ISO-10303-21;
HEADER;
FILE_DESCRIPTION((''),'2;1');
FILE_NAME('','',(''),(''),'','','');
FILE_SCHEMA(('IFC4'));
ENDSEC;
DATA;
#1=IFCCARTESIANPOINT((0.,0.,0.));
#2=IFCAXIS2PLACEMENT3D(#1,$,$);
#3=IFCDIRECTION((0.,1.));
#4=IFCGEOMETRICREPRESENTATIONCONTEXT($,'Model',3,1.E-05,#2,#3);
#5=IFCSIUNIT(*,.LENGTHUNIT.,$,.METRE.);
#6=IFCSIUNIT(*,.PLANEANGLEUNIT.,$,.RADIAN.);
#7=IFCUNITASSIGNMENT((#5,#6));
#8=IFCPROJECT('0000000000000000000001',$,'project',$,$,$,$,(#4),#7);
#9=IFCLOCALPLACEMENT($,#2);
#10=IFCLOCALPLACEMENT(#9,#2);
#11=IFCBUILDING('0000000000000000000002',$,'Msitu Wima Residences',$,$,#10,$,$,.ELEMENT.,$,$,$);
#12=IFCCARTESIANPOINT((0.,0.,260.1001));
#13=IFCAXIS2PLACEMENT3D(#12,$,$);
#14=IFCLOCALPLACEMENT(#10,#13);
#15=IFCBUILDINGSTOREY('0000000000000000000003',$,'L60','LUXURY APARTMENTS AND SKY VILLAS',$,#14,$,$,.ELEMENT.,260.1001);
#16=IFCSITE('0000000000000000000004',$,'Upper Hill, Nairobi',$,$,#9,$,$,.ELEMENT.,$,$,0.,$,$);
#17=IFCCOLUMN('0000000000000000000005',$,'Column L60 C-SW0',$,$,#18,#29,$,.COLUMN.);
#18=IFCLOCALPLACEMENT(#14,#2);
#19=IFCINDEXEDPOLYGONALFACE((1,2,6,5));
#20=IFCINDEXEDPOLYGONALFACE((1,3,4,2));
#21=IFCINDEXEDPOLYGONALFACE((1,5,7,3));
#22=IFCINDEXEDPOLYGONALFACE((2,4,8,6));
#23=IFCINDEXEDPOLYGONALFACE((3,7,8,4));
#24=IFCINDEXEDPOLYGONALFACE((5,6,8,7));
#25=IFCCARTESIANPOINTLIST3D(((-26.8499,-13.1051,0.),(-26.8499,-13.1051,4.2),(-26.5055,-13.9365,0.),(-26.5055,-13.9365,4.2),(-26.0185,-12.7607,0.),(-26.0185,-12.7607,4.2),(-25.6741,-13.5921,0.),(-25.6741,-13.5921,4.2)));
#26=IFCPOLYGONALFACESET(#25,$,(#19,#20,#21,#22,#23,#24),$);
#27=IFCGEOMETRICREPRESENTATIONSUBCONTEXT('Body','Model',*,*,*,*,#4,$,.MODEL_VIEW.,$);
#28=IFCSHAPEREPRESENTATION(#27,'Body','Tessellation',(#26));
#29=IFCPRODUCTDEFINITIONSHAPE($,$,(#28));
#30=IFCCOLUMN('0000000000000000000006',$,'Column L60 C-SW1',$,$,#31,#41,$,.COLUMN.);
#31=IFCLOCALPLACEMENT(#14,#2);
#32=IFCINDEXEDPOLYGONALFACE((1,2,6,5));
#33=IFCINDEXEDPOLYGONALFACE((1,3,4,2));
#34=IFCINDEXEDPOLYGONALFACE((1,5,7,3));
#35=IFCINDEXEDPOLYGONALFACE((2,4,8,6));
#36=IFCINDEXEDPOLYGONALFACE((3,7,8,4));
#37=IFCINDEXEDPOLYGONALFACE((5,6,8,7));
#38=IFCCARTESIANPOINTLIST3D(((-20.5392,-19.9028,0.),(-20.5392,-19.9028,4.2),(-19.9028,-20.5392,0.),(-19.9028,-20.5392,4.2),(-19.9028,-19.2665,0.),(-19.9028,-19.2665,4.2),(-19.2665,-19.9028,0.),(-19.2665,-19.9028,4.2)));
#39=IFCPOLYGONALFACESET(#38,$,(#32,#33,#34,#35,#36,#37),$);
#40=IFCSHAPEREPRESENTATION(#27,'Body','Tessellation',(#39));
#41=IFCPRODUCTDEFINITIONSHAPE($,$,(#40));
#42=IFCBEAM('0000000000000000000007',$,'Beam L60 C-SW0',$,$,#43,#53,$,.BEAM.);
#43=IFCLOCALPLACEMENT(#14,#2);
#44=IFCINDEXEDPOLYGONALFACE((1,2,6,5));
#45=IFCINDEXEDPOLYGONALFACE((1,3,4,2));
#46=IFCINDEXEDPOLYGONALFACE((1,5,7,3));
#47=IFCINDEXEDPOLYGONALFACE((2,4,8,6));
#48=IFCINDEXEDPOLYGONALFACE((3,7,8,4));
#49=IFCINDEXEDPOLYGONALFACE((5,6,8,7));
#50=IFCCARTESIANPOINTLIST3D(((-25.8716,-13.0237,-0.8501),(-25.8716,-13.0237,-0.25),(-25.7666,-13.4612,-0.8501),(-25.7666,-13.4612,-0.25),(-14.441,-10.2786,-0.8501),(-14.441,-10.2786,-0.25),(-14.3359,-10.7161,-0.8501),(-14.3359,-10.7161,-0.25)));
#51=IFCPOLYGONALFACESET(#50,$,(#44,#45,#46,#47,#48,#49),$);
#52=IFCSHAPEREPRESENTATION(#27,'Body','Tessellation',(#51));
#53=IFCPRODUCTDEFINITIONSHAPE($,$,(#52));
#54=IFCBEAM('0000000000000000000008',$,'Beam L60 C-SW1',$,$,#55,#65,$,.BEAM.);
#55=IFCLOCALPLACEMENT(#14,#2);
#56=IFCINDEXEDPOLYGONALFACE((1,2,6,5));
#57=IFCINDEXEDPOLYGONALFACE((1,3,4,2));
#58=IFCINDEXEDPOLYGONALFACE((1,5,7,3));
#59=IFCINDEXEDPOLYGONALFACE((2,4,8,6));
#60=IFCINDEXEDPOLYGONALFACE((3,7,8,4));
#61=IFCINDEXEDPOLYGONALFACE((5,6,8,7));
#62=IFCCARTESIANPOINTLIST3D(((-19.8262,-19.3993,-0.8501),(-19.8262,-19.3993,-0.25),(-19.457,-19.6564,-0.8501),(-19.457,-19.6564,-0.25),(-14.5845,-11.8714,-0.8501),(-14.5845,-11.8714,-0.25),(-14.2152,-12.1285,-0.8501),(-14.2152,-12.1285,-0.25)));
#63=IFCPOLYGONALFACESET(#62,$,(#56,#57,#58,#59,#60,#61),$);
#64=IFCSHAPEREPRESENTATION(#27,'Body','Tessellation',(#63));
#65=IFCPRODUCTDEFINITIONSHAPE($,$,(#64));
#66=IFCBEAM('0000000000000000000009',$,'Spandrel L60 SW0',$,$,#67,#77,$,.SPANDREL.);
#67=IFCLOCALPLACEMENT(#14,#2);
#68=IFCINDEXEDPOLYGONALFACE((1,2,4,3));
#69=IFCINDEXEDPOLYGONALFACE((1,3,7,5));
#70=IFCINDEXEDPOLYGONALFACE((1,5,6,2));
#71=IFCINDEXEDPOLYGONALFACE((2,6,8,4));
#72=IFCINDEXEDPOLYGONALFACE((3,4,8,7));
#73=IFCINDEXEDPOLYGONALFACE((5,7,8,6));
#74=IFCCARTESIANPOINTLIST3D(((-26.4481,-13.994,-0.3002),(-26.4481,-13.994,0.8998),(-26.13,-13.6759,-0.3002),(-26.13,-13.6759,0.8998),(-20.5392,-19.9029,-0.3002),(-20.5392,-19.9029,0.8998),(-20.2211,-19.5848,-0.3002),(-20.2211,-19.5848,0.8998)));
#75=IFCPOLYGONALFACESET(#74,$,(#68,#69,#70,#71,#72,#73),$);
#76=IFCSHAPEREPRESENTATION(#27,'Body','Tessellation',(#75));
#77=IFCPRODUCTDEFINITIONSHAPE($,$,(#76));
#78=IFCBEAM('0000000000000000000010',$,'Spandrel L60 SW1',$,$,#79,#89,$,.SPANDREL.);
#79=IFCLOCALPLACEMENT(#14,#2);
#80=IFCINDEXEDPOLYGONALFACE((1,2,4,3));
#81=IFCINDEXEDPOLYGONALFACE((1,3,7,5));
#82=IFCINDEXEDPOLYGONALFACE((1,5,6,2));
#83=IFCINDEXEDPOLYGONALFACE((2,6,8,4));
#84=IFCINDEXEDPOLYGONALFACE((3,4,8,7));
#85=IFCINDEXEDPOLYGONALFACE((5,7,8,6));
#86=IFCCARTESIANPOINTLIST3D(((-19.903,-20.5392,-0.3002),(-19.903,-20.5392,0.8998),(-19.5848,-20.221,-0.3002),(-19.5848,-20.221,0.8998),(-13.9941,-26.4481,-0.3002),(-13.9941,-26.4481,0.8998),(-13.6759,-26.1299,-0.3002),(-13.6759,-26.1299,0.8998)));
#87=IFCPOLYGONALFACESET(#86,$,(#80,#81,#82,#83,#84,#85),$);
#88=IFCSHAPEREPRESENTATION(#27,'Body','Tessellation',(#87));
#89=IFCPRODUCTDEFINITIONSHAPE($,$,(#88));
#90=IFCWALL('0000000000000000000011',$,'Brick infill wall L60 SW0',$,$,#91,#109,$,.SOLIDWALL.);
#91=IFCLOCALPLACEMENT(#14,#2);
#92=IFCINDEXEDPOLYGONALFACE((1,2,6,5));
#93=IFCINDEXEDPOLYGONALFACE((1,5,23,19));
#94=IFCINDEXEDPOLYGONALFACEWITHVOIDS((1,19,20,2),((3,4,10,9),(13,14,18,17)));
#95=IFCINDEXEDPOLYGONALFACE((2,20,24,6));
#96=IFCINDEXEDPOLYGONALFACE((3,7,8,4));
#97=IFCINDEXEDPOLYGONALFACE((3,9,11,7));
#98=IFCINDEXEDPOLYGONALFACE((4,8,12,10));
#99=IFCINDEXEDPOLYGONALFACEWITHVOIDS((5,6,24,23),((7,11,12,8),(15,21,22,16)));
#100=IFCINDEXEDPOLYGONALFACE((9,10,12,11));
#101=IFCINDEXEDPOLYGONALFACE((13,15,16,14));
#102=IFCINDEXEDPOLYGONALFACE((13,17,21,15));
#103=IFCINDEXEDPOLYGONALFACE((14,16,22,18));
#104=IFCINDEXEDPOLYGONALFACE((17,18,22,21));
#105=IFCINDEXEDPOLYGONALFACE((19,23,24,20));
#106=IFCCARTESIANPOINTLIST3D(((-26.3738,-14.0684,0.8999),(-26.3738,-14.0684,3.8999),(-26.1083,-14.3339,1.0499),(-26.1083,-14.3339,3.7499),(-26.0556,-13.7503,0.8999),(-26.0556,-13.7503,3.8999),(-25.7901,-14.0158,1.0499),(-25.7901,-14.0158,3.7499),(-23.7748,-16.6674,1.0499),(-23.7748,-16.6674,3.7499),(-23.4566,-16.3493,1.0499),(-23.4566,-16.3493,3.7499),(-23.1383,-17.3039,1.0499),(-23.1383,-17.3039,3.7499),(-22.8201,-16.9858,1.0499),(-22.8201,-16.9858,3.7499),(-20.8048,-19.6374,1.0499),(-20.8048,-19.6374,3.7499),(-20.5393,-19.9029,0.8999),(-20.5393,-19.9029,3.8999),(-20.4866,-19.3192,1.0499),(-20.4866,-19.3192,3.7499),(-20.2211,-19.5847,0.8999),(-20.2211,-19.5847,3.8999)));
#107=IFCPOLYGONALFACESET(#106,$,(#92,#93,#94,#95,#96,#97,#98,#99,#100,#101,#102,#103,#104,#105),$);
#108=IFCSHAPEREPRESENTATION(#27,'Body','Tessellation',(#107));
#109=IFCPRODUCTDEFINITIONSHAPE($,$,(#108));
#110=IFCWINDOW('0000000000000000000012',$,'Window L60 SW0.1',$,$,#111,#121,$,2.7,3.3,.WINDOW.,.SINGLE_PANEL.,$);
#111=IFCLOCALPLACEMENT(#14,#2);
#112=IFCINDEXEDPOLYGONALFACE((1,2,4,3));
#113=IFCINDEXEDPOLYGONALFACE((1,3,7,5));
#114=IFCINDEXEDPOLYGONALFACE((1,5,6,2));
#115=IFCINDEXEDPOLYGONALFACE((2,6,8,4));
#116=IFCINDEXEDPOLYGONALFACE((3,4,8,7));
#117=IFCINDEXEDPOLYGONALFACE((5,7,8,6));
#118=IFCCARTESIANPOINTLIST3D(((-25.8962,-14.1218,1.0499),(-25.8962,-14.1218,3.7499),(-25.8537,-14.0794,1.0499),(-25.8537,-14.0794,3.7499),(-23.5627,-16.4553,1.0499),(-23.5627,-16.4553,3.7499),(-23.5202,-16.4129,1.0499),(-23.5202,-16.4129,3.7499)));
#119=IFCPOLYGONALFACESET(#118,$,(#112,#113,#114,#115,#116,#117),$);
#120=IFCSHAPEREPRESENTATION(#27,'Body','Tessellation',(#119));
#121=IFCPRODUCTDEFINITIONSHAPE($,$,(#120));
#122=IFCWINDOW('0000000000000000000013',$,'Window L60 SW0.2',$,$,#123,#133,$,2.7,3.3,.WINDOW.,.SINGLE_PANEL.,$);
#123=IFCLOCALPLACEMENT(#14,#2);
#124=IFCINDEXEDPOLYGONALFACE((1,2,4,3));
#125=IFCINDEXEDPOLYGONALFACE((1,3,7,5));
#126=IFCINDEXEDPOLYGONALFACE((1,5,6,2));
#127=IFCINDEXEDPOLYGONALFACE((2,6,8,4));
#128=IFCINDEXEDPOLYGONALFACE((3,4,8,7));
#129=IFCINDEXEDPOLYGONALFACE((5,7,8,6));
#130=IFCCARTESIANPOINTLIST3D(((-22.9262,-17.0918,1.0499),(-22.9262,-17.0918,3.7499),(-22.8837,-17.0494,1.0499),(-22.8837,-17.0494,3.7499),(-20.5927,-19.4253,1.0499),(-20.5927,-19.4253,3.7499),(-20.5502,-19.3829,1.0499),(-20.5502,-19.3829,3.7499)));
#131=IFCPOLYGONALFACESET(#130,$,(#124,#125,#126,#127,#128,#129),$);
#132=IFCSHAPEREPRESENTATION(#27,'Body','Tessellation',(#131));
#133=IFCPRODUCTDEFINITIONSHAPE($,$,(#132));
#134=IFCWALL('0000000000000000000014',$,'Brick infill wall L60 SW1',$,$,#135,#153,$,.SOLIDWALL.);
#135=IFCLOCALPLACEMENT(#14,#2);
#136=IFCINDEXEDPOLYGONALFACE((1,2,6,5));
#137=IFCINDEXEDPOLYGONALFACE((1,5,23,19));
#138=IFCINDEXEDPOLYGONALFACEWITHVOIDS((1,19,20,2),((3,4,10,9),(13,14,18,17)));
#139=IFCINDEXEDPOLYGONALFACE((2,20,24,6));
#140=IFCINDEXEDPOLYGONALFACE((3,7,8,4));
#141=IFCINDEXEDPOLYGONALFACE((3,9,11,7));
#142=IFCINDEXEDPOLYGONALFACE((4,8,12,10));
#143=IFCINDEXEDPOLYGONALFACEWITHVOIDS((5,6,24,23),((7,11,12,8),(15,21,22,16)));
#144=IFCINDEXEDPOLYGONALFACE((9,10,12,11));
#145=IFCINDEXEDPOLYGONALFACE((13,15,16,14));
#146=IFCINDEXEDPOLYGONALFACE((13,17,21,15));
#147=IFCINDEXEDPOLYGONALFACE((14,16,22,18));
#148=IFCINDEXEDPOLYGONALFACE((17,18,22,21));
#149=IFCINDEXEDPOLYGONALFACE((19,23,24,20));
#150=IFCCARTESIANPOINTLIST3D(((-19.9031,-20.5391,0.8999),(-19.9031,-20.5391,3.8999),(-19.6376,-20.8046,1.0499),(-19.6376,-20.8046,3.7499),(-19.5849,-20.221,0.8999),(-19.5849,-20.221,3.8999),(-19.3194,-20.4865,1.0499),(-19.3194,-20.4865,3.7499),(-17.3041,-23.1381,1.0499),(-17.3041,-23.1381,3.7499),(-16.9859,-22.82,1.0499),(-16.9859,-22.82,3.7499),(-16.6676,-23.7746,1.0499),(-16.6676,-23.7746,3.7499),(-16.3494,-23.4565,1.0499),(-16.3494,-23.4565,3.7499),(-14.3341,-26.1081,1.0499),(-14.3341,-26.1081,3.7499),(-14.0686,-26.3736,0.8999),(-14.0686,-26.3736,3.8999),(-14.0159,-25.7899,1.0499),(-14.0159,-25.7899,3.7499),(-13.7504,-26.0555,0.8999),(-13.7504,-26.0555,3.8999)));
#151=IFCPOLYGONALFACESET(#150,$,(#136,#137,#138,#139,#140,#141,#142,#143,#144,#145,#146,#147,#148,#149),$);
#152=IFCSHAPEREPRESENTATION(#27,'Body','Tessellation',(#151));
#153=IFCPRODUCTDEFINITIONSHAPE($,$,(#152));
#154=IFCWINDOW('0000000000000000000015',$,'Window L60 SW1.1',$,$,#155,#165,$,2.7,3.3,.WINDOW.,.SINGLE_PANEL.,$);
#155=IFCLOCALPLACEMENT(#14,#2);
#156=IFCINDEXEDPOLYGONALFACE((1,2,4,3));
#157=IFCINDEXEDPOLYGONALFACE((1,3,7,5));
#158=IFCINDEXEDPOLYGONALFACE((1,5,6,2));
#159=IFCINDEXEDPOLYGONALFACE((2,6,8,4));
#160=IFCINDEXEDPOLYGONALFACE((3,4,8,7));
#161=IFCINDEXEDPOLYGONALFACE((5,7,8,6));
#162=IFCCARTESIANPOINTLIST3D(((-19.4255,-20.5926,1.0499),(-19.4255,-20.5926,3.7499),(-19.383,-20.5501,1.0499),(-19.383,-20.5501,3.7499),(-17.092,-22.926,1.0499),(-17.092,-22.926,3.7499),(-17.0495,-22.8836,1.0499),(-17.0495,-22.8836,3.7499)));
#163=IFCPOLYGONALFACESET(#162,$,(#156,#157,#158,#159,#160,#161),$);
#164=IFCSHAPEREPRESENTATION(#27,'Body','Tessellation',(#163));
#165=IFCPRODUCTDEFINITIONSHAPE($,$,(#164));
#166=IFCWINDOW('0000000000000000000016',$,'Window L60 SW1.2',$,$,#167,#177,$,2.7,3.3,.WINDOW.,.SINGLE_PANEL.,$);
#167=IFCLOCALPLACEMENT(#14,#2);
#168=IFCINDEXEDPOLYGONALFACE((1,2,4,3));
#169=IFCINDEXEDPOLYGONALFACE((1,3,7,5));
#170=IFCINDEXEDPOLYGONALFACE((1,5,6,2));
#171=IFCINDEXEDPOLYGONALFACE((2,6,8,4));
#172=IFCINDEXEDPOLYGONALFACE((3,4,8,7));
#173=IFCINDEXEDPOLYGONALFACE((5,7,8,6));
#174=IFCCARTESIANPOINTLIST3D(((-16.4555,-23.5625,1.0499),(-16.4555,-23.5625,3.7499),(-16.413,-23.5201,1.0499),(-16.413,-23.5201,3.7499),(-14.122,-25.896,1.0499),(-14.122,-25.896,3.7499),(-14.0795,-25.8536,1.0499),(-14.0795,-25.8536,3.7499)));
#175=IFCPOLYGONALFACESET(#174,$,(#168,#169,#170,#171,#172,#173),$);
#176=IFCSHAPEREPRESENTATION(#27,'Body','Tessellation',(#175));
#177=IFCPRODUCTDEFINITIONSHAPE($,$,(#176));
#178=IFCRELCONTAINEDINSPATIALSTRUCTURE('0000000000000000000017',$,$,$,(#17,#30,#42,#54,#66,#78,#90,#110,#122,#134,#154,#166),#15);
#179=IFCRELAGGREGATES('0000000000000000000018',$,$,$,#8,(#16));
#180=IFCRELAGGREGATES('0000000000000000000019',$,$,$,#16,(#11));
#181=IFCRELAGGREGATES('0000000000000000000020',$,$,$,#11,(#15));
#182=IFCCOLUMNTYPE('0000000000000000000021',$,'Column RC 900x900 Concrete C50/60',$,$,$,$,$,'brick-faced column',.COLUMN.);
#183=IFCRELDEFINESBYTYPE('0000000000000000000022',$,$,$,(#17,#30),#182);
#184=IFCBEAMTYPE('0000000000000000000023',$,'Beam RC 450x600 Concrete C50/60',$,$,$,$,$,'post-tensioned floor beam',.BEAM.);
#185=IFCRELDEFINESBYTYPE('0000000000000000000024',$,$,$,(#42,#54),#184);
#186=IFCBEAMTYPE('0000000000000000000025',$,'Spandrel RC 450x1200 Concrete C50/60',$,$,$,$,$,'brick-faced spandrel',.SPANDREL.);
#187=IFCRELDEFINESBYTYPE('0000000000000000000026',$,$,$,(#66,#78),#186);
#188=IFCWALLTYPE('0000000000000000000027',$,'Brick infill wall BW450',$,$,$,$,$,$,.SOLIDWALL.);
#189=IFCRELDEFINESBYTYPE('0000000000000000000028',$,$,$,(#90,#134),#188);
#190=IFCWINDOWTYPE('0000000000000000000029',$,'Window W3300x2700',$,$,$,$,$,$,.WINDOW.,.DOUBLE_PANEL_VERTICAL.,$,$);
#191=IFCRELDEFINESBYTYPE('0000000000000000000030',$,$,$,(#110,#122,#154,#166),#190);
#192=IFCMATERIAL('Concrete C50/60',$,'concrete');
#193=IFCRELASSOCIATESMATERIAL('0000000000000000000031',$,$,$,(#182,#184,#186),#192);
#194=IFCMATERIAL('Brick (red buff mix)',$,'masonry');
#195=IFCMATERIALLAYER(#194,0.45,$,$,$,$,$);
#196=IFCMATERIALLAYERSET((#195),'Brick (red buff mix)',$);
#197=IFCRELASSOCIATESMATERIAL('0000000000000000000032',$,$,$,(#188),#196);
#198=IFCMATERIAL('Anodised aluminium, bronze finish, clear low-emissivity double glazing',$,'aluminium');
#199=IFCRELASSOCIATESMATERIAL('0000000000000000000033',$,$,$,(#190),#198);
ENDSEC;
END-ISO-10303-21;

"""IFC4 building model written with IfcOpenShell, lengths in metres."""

from ifc_helpers import new_model, si_unit, direction, frame, frame_2d, origin, origin_2d, place, context, subcontext, project, spatial, rectangle, extrude, material, layer, layer_set, material_profile, profile_set, type_object, element, fill, save


model = new_model("IFC4")

# Units and contexts
model_context = context("Model", 3, precision=1e-05, world=origin(), true_north=direction((0.0, 1.0)))
body_context = subcontext(model_context, "Body", "Model", "MODEL_VIEW")
ifc_project = project(units=[si_unit("LENGTHUNIT", "METRE"), si_unit("PLANEANGLEUNIT", "RADIAN")], contexts=[model_context])

# Site, building, storey
site_placement = place(None, origin())
site = spatial("IfcSite", under=ifc_project, at=site_placement, Name="Upper Hill, Nairobi", CompositionType="ELEMENT", RefElevation=0.0)
building_placement = place(site_placement, origin())
building = spatial("IfcBuilding", under=site, at=building_placement, Name="Msitu Wima Residences", CompositionType="ELEMENT")
storey_placement = place(building_placement, frame((0.0, 0.0, 260.1001)))
storey = spatial("IfcBuildingStorey", under=building, at=storey_placement, Name="L60", Description="LUXURY APARTMENTS AND SKY VILLAS", CompositionType="ELEMENT", Elevation=260.1001)

# Columns
ifc_material_1 = material(Name="Concrete C50/60", Category="concrete")
ifc_material_profile_1 = material_profile(ifc_material_1, rectangle(XDim=0.8999, YDim=0.8999, at=origin_2d()), Name="RC 900x900")
ifc_profile_set_1 = profile_set([ifc_material_profile_1], Name="Concrete C50/60")
column_type = type_object("IfcColumnType", Name="Column RC 900x900 Concrete C50/60", ElementType="brick-faced column", PredefinedType="COLUMN", material=ifc_profile_set_1)
for number, where, z_axis, x_axis, name in (
    (1, (-26.262, -13.3486, 0.0), (0.0, 0.0, 1.0), (0.382683, -0.92388, 0.0), "Column L60 C-SW0"),
    (2, (-19.9028, -19.9028, 0.0), (0.0, 0.0, 1.0), (0.707107, -0.707107, 0.0), "Column L60 C-SW1"),
):
    element("IfcColumn", number, at=place(storey_placement, frame(where, z_axis=z_axis, x_axis=x_axis)), inside=storey, type_object=column_type, Name=name, PredefinedType="COLUMN", context=body_context, shape_type="SweptSolid", body=[
        extrude(rectangle(XDim=0.8999, YDim=0.8999, at=origin_2d()), origin(), (0.0, 0.0, 1.0), 4.2),
    ])

# Beams
ifc_material_profile_2 = material_profile(ifc_material_1, rectangle(XDim=0.45, YDim=0.6001, at=origin_2d()), Name="RC 450x600")
ifc_profile_set_2 = profile_set([ifc_material_profile_2], Name="Concrete C50/60")
beam_type_1 = type_object("IfcBeamType", Name="Beam RC 450x600 Concrete C50/60", ElementType="post-tensioned floor beam", PredefinedType="BEAM", material=ifc_profile_set_2)
beam_1_placement = place(storey_placement, frame((-25.8191, -13.2424, -0.55), z_axis=(0.972353, 0.233514, 0.0), x_axis=(-0.233514, 0.972353, 0.0)))
element("IfcBeam", 3, at=beam_1_placement, inside=storey, type_object=beam_type_1, Name="Beam L60 C-SW0", PredefinedType="BEAM", context=body_context, shape_type="SweptSolid", body=[
    extrude(rectangle(XDim=0.45, YDim=0.6001, at=origin_2d()), origin(), (0.0, 0.0, 1.0), 11.7556),
])
beam_2_placement = place(storey_placement, frame((-19.6416, -19.5278, -0.55), z_axis=(0.571428, 0.820652, 0.0), x_axis=(-0.820652, 0.571428, 0.0)))
element("IfcBeam", 4, at=beam_2_placement, inside=storey, type_object=beam_type_1, Name="Beam L60 C-SW1", PredefinedType="BEAM", context=body_context, shape_type="SweptSolid", body=[
    extrude(rectangle(XDim=0.45, YDim=0.6001, at=origin_2d()), origin(), (0.0, 0.0, 1.0), 9.1731),
])
ifc_material_profile_3 = material_profile(ifc_material_1, rectangle(XDim=0.45, YDim=1.2, at=origin_2d()), Name="RC 450x1200")
ifc_profile_set_3 = profile_set([ifc_material_profile_3], Name="Concrete C50/60")
beam_type_2 = type_object("IfcBeamType", Name="Spandrel RC 450x1200 Concrete C50/60", ElementType="brick-faced spandrel", PredefinedType="SPANDREL", material=ifc_profile_set_3)
for number, where, z_axis, x_axis, name in (
    (5, (-26.2891, -13.835, 0.2998), (0.707107, -0.707107, 0.0), (0.707107, 0.707107, 0.0), "Spandrel L60 SW0"),
    (6, (-19.7439, -20.3801, 0.2998), (0.707107, -0.707107, 0.0), (0.707107, 0.707107, 0.0), "Spandrel L60 SW1"),
):
    element("IfcBeam", number, at=place(storey_placement, frame(where, z_axis=z_axis, x_axis=x_axis)), inside=storey, type_object=beam_type_2, Name=name, PredefinedType="SPANDREL", context=body_context, shape_type="SweptSolid", body=[
        extrude(rectangle(XDim=0.45, YDim=1.2, at=origin_2d()), origin(), (0.0, 0.0, 1.0), 8.3564),
    ])

# Walls, openings, windows
ifc_material_2 = material(Name="Brick (red buff mix)", Category="masonry")
ifc_layer_1 = layer(ifc_material_2, 0.45)
ifc_layer_set_1 = layer_set([ifc_layer_1], Name="Brick (red buff mix)")
wall_type_1 = type_object("IfcWallType", Name="Brick infill wall BW450", PredefinedType="SOLIDWALL", material=ifc_layer_set_1)
wall_1_placement = place(storey_placement, frame((-26.2146, -13.9094, 0.8999), z_axis=(0.0, 0.0, 1.0), x_axis=(0.707107, -0.707107, 0.0)))
wall_1 = element("IfcWall", 7, at=wall_1_placement, inside=storey, type_object=wall_type_1, Name="Brick infill wall L60 SW0", PredefinedType="SOLIDWALL", context=body_context, shape_type="SweptSolid", body=[
    extrude(rectangle(XDim=8.2512, YDim=0.45, at=frame_2d((4.1255, 0.0))), origin(), (0.0, 0.0, 1.0), 3.0),
])
opening_1_placement = place(wall_1_placement, frame((0.3755, 0.0, 0.1499)))
opening_1 = element("IfcOpeningElement", 8, at=opening_1_placement, cuts=wall_1, PredefinedType="OPENING", context=body_context, shape_type="SweptSolid", body=[
    extrude(rectangle(XDim=3.3, YDim=2.7, at=frame_2d((1.6499, 1.3501))), frame((0.0, 0.2349, 0.0), z_axis=(0.0, -1.0, 0.0), x_axis=(1.0, 0.0, 0.0)), (0.0, 0.0, 1.0), 0.47),
])
opening_2_placement = place(wall_1_placement, frame((4.5757, 0.0, 0.1499)))
opening_2 = element("IfcOpeningElement", 9, at=opening_2_placement, cuts=wall_1, PredefinedType="OPENING", context=body_context, shape_type="SweptSolid", body=[
    extrude(rectangle(XDim=3.3, YDim=2.7, at=frame_2d((1.6499, 1.3501))), frame((0.0, 0.2349, 0.0), z_axis=(0.0, -1.0, 0.0), x_axis=(1.0, 0.0, 0.0)), (0.0, 0.0, 1.0), 0.47),
])
ifc_material_3 = material(Name="Anodised aluminium, bronze finish, clear low-emissivity double glazing", Category="aluminium")
window_type = type_object("IfcWindowType", Name="Window W3300x2700", PartitioningType="DOUBLE_PANEL_VERTICAL", PredefinedType="WINDOW", material=ifc_material_3)
window_1_placement = place(opening_1_placement, origin())
window_1 = element("IfcWindow", 10, at=window_1_placement, inside=storey, type_object=window_type, Name="Window L60 SW0.1", OverallHeight=2.7, OverallWidth=3.3, PartitioningType="SINGLE_PANEL", PredefinedType="WINDOW", context=body_context, shape_type="SweptSolid", body=[
    extrude(rectangle(XDim=3.3, YDim=2.7, at=frame_2d((1.6499, 1.3501))), frame((0.0, 0.135, 0.0), z_axis=(0.0, -1.0, 0.0), x_axis=(1.0, 0.0, 0.0)), (0.0, 0.0, 1.0), 0.0601),
])
fill(opening_1, window_1)
window_2_placement = place(opening_2_placement, origin())
window_2 = element("IfcWindow", 11, at=window_2_placement, inside=storey, type_object=window_type, Name="Window L60 SW0.2", OverallHeight=2.7, OverallWidth=3.3, PartitioningType="SINGLE_PANEL", PredefinedType="WINDOW", context=body_context, shape_type="SweptSolid", body=[
    extrude(rectangle(XDim=3.3, YDim=2.7, at=frame_2d((1.6499, 1.3501))), frame((0.0, 0.135, 0.0), z_axis=(0.0, -1.0, 0.0), x_axis=(1.0, 0.0, 0.0)), (0.0, 0.0, 1.0), 0.0601),
])
fill(opening_2, window_2)
wall_2_placement = place(storey_placement, frame((-19.7439, -20.3801, 0.8999), z_axis=(0.0, 0.0, 1.0), x_axis=(0.707107, -0.707107, 0.0)))
wall_2 = element("IfcWall", 12, at=wall_2_placement, inside=storey, type_object=wall_type_1, Name="Brick infill wall L60 SW1", PredefinedType="SOLIDWALL", context=body_context, shape_type="SweptSolid", body=[
    extrude(rectangle(XDim=8.2512, YDim=0.45, at=frame_2d((4.1255, 0.0))), origin(), (0.0, 0.0, 1.0), 3.0),
])
opening_3_placement = place(wall_2_placement, frame((0.3755, 0.0, 0.1499)))
opening_3 = element("IfcOpeningElement", 13, at=opening_3_placement, cuts=wall_2, PredefinedType="OPENING", context=body_context, shape_type="SweptSolid", body=[
    extrude(rectangle(XDim=3.3, YDim=2.7, at=frame_2d((1.6499, 1.3501))), frame((0.0, 0.2349, 0.0), z_axis=(0.0, -1.0, 0.0), x_axis=(1.0, 0.0, 0.0)), (0.0, 0.0, 1.0), 0.47),
])
opening_4_placement = place(wall_2_placement, frame((4.5757, 0.0, 0.1499)))
opening_4 = element("IfcOpeningElement", 14, at=opening_4_placement, cuts=wall_2, PredefinedType="OPENING", context=body_context, shape_type="SweptSolid", body=[
    extrude(rectangle(XDim=3.3, YDim=2.7, at=frame_2d((1.6499, 1.3501))), frame((0.0, 0.2349, 0.0), z_axis=(0.0, -1.0, 0.0), x_axis=(1.0, 0.0, 0.0)), (0.0, 0.0, 1.0), 0.47),
])
window_3_placement = place(opening_3_placement, origin())
window_3 = element("IfcWindow", 15, at=window_3_placement, inside=storey, type_object=window_type, Name="Window L60 SW1.1", OverallHeight=2.7, OverallWidth=3.3, PartitioningType="SINGLE_PANEL", PredefinedType="WINDOW", context=body_context, shape_type="SweptSolid", body=[
    extrude(rectangle(XDim=3.3, YDim=2.7, at=frame_2d((1.6499, 1.3501))), frame((0.0, 0.135, 0.0), z_axis=(0.0, -1.0, 0.0), x_axis=(1.0, 0.0, 0.0)), (0.0, 0.0, 1.0), 0.0601),
])
fill(opening_3, window_3)
window_4_placement = place(opening_4_placement, origin())
window_4 = element("IfcWindow", 16, at=window_4_placement, inside=storey, type_object=window_type, Name="Window L60 SW1.2", OverallHeight=2.7, OverallWidth=3.3, PartitioningType="SINGLE_PANEL", PredefinedType="WINDOW", context=body_context, shape_type="SweptSolid", body=[
    extrude(rectangle(XDim=3.3, YDim=2.7, at=frame_2d((1.6499, 1.3501))), frame((0.0, 0.135, 0.0), z_axis=(0.0, -1.0, 0.0), x_axis=(1.0, 0.0, 0.0)), (0.0, 0.0, 1.0), 0.0601),
])
fill(opening_4, window_4)

save(model, "model.ifc")
